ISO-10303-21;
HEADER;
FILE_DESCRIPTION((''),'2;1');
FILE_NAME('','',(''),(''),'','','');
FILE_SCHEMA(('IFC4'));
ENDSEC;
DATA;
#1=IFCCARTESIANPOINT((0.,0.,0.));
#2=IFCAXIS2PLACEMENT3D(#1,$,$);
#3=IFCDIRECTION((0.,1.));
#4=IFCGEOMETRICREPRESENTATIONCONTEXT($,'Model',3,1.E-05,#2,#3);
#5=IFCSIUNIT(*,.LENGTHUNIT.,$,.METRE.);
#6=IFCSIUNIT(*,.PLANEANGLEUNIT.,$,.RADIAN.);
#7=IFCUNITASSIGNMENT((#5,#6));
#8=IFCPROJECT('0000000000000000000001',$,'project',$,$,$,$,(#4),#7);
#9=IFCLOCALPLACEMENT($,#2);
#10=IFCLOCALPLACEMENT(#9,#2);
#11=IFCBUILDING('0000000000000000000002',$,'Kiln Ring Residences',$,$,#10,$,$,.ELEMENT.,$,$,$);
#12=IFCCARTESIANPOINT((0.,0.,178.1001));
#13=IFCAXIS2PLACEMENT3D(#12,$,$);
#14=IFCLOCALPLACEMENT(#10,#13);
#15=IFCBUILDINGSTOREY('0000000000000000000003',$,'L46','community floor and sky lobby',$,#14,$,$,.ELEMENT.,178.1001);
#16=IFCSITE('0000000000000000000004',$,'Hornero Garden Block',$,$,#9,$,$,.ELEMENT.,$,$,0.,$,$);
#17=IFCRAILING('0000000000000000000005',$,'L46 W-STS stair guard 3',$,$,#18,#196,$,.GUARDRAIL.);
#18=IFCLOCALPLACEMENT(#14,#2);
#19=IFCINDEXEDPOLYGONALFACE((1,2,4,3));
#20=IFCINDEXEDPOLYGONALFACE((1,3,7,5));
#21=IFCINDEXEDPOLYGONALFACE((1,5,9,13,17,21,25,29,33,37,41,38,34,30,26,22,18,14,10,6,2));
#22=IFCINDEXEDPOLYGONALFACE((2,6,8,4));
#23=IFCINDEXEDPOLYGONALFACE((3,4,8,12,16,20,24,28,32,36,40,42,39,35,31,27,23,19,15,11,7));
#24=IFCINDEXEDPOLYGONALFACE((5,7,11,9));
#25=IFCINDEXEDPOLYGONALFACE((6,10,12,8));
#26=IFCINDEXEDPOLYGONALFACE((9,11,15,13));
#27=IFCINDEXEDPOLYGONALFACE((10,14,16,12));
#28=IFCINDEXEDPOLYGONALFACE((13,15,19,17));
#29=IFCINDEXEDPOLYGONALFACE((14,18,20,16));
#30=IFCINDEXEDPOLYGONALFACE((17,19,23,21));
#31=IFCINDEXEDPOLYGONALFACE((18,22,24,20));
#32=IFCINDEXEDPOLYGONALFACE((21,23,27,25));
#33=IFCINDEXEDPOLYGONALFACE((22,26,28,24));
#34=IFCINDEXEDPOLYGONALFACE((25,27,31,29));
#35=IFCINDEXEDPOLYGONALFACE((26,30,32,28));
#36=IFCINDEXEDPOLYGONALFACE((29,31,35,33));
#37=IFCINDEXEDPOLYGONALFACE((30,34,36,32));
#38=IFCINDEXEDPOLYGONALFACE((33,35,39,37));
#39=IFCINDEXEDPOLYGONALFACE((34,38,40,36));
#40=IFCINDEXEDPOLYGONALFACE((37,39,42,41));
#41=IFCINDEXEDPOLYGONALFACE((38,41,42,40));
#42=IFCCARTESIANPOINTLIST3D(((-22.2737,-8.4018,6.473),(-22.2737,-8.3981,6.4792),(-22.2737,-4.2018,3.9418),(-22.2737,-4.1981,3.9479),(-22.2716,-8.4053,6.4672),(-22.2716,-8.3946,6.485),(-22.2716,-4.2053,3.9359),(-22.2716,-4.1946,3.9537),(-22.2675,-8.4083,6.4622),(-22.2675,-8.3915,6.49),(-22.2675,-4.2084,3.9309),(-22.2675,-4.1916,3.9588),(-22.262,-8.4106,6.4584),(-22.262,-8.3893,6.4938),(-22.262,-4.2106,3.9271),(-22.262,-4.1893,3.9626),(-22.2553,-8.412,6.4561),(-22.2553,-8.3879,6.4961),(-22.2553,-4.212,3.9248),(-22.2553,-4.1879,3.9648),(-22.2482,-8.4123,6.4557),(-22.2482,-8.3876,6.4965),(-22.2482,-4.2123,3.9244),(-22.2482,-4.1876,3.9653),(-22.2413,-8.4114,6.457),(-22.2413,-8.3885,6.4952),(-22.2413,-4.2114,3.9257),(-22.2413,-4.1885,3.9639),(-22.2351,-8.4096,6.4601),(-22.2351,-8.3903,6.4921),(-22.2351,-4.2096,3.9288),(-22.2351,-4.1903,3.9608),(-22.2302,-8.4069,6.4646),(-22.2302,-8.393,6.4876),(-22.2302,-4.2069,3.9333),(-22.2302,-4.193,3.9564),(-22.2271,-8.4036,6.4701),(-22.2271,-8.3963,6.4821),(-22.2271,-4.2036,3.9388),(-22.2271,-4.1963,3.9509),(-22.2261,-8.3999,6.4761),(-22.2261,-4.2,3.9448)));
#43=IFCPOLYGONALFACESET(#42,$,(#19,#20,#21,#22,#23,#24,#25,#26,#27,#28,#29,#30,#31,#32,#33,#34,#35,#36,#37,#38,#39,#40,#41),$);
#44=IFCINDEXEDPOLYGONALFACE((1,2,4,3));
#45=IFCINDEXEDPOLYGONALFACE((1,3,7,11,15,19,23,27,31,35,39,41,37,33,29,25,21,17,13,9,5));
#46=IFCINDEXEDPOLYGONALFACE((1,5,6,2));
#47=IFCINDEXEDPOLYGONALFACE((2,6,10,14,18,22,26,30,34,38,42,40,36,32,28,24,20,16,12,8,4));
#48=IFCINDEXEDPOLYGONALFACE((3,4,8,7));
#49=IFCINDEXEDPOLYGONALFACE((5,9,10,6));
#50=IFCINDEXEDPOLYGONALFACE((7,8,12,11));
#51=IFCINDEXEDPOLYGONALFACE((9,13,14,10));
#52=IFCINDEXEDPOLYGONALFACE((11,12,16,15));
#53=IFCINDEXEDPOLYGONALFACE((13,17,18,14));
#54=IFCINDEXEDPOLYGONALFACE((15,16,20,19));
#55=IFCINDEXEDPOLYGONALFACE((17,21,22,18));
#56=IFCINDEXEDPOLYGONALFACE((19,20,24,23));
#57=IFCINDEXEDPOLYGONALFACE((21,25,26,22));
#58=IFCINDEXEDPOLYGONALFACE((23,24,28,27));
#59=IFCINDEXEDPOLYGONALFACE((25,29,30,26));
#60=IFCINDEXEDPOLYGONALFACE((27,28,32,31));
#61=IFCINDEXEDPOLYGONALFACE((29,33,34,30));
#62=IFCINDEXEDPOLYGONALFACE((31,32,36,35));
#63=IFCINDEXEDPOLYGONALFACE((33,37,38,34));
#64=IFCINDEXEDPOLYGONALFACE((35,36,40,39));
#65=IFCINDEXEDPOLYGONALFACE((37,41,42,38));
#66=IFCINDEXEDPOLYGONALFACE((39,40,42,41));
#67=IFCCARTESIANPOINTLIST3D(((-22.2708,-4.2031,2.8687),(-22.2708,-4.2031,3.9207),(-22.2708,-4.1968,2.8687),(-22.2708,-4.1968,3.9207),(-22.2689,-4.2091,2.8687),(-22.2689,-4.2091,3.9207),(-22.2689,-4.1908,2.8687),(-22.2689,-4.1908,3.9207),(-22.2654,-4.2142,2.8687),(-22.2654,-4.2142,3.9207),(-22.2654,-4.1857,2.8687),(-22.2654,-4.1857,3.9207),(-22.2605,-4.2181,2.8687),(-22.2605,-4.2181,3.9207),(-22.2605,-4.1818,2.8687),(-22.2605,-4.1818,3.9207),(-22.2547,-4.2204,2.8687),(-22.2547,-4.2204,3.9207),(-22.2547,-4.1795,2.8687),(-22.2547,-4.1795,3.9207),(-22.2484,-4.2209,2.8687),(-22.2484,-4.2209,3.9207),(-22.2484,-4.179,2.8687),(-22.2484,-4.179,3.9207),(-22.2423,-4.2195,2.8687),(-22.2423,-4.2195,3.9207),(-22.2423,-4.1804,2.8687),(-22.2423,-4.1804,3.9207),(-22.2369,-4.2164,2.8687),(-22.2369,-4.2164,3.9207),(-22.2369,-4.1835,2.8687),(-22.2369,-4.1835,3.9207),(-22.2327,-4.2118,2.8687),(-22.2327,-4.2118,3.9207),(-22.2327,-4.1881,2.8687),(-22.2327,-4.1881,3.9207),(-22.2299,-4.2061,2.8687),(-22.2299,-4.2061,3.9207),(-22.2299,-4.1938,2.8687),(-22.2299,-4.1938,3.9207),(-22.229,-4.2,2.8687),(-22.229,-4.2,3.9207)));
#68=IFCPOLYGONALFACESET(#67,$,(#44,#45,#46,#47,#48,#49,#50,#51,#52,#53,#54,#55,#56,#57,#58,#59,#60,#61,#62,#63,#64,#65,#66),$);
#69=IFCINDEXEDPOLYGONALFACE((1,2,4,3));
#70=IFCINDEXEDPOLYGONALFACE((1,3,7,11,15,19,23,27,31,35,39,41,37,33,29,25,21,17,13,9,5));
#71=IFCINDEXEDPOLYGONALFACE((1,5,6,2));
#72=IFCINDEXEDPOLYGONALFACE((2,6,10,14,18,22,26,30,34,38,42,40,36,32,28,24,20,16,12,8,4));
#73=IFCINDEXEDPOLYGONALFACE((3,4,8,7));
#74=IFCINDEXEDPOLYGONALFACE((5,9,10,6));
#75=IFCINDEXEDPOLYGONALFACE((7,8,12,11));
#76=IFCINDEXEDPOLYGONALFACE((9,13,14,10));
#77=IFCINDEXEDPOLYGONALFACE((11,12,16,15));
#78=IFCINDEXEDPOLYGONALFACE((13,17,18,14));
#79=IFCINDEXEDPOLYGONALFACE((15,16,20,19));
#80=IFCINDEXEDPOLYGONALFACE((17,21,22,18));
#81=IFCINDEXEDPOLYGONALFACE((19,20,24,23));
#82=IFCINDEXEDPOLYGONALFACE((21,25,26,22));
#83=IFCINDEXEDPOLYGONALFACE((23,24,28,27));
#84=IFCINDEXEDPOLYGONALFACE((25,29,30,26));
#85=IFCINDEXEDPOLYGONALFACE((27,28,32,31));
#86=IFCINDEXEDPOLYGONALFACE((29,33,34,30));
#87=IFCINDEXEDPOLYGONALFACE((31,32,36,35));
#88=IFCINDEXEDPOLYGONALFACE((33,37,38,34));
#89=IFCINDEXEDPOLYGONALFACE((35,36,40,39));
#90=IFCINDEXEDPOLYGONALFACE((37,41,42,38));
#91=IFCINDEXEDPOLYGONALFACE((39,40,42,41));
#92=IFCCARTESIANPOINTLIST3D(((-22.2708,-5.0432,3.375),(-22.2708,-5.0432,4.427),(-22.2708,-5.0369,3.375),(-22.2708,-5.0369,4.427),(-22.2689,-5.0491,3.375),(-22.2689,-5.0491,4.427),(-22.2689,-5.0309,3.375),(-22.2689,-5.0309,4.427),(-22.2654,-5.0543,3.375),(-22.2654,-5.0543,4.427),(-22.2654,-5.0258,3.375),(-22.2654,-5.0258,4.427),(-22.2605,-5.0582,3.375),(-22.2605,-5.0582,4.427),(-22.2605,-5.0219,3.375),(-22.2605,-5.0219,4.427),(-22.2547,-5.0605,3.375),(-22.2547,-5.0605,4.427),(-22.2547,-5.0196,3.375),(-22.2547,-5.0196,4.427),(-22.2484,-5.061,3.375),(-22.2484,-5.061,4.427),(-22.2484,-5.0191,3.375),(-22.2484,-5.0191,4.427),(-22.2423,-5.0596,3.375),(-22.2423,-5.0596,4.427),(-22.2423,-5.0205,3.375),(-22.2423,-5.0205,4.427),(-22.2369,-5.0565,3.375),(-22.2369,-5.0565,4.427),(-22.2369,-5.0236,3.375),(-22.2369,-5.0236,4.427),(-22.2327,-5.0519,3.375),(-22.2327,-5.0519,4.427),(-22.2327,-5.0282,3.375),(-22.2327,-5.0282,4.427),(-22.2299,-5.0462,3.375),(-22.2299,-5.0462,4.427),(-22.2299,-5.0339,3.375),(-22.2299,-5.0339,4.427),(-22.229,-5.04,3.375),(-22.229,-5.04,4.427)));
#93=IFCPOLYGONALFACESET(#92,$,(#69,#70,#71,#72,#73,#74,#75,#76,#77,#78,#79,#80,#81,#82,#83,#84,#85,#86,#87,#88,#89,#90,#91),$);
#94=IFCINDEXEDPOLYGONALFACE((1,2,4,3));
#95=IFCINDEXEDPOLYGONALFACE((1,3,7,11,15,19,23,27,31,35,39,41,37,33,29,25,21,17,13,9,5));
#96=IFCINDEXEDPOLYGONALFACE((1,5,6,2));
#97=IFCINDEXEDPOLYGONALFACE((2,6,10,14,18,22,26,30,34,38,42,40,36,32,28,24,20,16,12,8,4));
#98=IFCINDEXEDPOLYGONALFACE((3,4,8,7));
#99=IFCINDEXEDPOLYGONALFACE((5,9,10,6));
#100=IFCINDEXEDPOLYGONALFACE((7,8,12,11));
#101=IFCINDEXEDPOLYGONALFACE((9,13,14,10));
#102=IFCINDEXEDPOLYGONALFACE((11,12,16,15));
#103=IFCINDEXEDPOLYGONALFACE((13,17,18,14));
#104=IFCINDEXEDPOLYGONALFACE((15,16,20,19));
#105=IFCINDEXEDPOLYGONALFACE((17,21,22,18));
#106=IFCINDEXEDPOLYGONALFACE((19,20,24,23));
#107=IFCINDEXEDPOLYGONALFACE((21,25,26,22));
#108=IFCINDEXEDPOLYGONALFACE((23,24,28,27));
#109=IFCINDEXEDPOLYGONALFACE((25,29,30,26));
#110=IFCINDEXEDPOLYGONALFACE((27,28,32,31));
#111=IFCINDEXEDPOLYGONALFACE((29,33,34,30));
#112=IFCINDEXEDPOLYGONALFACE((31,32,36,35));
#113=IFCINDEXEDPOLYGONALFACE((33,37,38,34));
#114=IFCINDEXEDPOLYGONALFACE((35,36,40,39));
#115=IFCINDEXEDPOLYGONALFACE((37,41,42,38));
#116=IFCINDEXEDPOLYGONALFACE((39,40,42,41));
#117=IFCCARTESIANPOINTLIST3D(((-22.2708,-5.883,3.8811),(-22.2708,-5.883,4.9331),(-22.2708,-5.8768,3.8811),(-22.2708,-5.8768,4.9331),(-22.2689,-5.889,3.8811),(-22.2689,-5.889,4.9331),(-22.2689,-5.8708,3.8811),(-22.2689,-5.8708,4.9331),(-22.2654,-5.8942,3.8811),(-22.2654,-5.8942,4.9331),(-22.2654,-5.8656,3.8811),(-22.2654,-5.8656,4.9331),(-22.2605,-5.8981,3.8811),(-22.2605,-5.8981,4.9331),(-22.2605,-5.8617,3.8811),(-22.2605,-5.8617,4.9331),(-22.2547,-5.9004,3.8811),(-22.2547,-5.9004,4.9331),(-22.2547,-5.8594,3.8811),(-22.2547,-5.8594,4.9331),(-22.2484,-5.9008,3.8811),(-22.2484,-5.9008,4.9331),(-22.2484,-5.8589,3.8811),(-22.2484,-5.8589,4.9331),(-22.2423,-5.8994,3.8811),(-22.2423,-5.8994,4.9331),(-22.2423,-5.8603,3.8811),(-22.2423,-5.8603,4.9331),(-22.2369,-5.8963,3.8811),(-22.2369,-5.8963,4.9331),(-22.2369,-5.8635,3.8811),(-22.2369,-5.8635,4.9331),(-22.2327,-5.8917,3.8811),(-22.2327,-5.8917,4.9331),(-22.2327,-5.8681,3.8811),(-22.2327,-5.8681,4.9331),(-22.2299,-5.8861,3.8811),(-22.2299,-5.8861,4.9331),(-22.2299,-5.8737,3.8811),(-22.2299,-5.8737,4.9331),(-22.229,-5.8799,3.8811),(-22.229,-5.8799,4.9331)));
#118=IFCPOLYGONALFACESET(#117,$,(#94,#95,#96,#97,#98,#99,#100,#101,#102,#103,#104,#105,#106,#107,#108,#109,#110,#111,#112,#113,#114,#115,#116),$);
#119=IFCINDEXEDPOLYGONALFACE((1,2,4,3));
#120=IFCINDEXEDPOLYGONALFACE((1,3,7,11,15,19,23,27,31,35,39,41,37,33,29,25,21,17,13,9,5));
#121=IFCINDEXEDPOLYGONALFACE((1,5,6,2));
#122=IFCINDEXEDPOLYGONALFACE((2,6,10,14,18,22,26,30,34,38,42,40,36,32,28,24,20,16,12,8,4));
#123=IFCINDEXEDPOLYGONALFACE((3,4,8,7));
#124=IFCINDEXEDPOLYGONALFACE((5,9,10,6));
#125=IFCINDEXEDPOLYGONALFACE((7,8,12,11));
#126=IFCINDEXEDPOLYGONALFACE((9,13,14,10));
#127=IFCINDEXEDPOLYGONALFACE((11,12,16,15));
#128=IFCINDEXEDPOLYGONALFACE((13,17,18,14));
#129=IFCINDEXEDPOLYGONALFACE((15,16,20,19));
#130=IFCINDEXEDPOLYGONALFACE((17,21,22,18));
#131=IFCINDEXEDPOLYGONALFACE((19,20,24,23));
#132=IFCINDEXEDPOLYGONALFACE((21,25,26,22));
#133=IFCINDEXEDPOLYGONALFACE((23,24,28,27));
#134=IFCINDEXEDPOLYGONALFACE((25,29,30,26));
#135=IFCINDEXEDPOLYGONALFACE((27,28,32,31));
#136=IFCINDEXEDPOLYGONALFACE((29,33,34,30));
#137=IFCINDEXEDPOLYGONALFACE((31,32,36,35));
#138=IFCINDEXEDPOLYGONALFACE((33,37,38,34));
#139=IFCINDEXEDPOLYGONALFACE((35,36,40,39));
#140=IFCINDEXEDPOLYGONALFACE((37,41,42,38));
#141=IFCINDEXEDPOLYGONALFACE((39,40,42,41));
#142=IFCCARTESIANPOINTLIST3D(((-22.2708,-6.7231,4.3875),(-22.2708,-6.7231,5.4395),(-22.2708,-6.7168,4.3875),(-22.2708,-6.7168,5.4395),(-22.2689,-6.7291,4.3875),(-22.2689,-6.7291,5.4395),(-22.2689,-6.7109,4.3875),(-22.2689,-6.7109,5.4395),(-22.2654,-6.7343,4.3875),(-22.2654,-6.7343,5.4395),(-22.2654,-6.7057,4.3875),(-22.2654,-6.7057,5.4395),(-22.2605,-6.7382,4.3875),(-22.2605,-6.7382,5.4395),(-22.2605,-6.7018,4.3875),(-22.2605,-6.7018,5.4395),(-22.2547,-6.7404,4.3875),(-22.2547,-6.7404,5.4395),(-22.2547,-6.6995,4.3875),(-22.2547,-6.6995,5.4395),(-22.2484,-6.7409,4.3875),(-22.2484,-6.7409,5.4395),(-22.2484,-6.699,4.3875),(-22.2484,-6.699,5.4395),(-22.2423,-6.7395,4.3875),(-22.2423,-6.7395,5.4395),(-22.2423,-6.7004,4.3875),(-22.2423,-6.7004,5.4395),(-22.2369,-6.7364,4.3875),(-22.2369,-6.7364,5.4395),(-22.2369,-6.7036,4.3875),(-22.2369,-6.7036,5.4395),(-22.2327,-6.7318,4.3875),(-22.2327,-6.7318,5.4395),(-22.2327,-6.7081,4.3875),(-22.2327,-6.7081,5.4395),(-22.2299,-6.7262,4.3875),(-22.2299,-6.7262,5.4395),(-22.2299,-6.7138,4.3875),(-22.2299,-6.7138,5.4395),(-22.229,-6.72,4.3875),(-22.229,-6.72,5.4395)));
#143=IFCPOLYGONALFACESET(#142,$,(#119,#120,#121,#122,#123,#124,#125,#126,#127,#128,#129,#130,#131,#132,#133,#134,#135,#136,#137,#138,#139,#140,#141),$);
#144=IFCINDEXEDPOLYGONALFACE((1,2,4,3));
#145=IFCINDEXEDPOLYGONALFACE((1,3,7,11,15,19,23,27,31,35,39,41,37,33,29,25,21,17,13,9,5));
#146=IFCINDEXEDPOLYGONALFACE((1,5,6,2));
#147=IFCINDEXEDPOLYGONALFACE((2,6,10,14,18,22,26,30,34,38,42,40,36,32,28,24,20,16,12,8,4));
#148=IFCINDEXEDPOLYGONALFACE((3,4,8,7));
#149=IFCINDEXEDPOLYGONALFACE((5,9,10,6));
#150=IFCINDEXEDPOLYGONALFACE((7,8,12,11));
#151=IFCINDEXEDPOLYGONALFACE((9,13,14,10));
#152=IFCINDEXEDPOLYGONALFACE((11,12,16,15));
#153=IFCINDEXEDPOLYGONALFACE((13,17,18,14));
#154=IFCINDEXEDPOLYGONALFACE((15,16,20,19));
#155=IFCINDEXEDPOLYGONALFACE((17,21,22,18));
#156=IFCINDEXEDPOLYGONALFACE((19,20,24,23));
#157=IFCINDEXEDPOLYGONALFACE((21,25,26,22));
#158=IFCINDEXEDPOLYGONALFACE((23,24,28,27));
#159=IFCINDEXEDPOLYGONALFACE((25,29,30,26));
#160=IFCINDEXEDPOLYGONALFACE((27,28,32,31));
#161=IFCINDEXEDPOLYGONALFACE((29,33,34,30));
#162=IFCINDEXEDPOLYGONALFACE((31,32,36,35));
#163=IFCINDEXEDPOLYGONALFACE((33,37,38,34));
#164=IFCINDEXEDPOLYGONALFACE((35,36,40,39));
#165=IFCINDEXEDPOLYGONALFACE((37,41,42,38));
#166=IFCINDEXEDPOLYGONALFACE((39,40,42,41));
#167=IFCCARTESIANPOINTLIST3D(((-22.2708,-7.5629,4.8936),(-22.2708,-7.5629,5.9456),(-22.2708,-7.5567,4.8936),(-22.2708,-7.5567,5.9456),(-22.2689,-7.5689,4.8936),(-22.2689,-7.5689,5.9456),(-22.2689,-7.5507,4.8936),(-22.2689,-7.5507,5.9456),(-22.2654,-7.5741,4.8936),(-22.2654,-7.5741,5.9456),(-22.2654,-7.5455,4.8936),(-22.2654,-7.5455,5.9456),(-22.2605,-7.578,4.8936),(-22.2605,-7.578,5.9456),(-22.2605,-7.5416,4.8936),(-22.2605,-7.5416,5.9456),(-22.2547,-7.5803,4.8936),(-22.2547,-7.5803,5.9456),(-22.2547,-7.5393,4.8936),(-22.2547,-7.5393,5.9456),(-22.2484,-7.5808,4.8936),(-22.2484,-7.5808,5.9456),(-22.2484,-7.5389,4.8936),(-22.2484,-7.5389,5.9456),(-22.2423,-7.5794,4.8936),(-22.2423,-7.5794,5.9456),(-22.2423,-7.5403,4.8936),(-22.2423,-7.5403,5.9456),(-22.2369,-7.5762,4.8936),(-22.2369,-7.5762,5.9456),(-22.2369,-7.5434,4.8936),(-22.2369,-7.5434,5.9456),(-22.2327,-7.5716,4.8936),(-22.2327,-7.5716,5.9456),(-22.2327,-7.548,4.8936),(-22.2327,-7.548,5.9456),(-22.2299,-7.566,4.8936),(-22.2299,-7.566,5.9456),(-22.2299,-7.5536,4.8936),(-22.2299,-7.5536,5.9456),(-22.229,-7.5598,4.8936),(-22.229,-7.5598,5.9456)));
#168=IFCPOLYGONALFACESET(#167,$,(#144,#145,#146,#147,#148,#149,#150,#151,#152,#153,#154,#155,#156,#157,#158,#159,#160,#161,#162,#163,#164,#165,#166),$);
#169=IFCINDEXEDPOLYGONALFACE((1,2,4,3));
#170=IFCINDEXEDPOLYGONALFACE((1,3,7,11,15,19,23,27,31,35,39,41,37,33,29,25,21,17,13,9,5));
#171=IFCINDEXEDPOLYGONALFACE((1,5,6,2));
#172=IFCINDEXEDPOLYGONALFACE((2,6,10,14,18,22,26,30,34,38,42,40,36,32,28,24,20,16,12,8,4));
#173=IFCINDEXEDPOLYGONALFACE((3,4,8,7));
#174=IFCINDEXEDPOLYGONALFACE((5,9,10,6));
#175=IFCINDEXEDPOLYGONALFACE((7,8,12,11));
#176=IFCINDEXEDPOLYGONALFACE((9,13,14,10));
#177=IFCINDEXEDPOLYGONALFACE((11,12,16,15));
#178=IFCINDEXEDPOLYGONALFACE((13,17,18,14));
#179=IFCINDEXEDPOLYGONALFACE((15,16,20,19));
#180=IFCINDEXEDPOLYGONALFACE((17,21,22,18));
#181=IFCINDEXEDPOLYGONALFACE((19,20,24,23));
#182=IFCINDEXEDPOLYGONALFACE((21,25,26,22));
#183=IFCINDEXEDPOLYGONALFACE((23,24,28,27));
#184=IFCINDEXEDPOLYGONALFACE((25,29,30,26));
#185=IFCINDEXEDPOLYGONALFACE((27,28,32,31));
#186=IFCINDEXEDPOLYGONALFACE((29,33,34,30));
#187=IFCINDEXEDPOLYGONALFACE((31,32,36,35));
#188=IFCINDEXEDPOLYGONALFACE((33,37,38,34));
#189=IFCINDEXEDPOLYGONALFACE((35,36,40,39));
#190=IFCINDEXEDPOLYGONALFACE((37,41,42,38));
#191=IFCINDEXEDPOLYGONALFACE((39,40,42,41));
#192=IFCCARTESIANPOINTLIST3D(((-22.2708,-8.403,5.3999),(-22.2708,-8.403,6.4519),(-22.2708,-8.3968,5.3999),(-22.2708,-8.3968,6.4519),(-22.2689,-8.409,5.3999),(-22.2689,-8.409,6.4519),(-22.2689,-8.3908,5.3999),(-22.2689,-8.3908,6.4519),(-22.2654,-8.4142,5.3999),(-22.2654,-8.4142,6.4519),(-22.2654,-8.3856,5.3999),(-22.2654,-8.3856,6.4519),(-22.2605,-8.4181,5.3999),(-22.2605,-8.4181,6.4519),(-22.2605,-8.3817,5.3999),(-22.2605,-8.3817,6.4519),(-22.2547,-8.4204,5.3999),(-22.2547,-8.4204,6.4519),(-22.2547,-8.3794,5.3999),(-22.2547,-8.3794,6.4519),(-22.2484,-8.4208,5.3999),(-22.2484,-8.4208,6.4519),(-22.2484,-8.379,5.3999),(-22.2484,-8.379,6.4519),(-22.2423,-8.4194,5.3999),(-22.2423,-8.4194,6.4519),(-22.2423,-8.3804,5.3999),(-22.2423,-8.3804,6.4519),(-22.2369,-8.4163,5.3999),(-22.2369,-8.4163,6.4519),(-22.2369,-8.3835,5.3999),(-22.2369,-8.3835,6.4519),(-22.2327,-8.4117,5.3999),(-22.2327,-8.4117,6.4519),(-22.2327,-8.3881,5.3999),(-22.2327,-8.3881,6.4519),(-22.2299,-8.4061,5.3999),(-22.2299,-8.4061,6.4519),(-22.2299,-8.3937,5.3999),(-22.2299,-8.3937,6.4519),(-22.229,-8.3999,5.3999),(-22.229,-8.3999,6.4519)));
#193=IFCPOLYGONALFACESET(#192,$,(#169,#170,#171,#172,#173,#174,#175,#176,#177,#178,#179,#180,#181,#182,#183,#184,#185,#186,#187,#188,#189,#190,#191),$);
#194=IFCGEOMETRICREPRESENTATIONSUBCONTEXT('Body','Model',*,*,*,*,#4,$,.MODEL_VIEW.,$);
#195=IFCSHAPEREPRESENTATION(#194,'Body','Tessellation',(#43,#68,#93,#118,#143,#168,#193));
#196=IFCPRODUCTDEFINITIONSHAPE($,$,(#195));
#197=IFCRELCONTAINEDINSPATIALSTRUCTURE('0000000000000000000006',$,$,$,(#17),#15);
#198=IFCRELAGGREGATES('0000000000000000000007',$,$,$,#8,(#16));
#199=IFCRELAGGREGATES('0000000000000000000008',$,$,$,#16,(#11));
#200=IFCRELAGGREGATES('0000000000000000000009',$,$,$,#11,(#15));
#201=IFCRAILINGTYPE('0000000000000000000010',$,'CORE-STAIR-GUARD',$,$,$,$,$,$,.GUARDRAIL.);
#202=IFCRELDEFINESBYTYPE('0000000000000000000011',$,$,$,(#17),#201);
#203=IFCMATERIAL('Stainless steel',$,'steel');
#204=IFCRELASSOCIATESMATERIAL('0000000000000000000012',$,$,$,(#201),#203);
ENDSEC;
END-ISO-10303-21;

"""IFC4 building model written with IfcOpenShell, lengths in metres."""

from ifc_helpers import new_model, si_unit, direction, frame, origin, origin_2d, place, context, subcontext, project, spatial, circle, extrude, material, type_object, element, save


model = new_model("IFC4")

# Units and contexts
model_context = context("Model", 3, precision=1e-05, world=origin(), true_north=direction((0.0, 1.0)))
body_context = subcontext(model_context, "Body", "Model", "MODEL_VIEW")
ifc_project = project(units=[si_unit("LENGTHUNIT", "METRE"), si_unit("PLANEANGLEUNIT", "RADIAN")], contexts=[model_context])

# Site, building, storey
site_placement = place(None, origin())
site = spatial("IfcSite", under=ifc_project, at=site_placement, Name="Hornero Garden Block", CompositionType="ELEMENT", RefElevation=0.0)
building_placement = place(site_placement, origin())
building = spatial("IfcBuilding", under=site, at=building_placement, Name="Kiln Ring Residences", CompositionType="ELEMENT")
storey_placement = place(building_placement, frame((0.0, 0.0, 178.1001)))
storey = spatial("IfcBuildingStorey", under=building, at=storey_placement, Name="L46", Description="community floor and sky lobby", CompositionType="ELEMENT", Elevation=178.1001)

# Railing
ifc_material_1 = material(Name="Stainless steel", Category="steel")
railing_type_1 = type_object("IfcRailingType", Name="CORE-STAIR-GUARD", PredefinedType="GUARDRAIL", material=ifc_material_1)
railing_1_placement = place(storey_placement, frame((-22.25, -4.2, 2.8687)))
element("IfcRailing", 1, at=railing_1_placement, inside=storey, type_object=railing_type_1, Name="L46 W-STS stair guard 3", PredefinedType="GUARDRAIL", context=body_context, shape_type="SweptSolid", body=[
    extrude(circle(Radius=0.0239, at=origin_2d()), frame((0.0, 0.0, 1.0762), z_axis=(0.0, -0.856476, 0.516186), x_axis=(1.0, 0.0, 0.0)), (0.0, 0.0, 1.0), 4.9038),
    extrude(circle(Radius=0.021, at=origin_2d()), origin(), (0.0, 0.0, 1.0), 1.052),
    extrude(circle(Radius=0.021, at=origin_2d()), frame((0.0, -0.8401, 0.5063)), (0.0, 0.0, 1.0), 1.052),
    extrude(circle(Radius=0.021, at=origin_2d()), frame((0.0, -1.6799, 1.0125)), (0.0, 0.0, 1.0), 1.052),
    extrude(circle(Radius=0.021, at=origin_2d()), frame((0.0, -2.52, 1.5188)), (0.0, 0.0, 1.0), 1.052),
    extrude(circle(Radius=0.021, at=origin_2d()), frame((0.0, -3.3599, 2.0249)), (0.0, 0.0, 1.0), 1.052),
    extrude(circle(Radius=0.021, at=origin_2d()), frame((0.0, -4.2, 2.5312)), (0.0, 0.0, 1.0), 1.052),
])

save(model, "model.ifc")
